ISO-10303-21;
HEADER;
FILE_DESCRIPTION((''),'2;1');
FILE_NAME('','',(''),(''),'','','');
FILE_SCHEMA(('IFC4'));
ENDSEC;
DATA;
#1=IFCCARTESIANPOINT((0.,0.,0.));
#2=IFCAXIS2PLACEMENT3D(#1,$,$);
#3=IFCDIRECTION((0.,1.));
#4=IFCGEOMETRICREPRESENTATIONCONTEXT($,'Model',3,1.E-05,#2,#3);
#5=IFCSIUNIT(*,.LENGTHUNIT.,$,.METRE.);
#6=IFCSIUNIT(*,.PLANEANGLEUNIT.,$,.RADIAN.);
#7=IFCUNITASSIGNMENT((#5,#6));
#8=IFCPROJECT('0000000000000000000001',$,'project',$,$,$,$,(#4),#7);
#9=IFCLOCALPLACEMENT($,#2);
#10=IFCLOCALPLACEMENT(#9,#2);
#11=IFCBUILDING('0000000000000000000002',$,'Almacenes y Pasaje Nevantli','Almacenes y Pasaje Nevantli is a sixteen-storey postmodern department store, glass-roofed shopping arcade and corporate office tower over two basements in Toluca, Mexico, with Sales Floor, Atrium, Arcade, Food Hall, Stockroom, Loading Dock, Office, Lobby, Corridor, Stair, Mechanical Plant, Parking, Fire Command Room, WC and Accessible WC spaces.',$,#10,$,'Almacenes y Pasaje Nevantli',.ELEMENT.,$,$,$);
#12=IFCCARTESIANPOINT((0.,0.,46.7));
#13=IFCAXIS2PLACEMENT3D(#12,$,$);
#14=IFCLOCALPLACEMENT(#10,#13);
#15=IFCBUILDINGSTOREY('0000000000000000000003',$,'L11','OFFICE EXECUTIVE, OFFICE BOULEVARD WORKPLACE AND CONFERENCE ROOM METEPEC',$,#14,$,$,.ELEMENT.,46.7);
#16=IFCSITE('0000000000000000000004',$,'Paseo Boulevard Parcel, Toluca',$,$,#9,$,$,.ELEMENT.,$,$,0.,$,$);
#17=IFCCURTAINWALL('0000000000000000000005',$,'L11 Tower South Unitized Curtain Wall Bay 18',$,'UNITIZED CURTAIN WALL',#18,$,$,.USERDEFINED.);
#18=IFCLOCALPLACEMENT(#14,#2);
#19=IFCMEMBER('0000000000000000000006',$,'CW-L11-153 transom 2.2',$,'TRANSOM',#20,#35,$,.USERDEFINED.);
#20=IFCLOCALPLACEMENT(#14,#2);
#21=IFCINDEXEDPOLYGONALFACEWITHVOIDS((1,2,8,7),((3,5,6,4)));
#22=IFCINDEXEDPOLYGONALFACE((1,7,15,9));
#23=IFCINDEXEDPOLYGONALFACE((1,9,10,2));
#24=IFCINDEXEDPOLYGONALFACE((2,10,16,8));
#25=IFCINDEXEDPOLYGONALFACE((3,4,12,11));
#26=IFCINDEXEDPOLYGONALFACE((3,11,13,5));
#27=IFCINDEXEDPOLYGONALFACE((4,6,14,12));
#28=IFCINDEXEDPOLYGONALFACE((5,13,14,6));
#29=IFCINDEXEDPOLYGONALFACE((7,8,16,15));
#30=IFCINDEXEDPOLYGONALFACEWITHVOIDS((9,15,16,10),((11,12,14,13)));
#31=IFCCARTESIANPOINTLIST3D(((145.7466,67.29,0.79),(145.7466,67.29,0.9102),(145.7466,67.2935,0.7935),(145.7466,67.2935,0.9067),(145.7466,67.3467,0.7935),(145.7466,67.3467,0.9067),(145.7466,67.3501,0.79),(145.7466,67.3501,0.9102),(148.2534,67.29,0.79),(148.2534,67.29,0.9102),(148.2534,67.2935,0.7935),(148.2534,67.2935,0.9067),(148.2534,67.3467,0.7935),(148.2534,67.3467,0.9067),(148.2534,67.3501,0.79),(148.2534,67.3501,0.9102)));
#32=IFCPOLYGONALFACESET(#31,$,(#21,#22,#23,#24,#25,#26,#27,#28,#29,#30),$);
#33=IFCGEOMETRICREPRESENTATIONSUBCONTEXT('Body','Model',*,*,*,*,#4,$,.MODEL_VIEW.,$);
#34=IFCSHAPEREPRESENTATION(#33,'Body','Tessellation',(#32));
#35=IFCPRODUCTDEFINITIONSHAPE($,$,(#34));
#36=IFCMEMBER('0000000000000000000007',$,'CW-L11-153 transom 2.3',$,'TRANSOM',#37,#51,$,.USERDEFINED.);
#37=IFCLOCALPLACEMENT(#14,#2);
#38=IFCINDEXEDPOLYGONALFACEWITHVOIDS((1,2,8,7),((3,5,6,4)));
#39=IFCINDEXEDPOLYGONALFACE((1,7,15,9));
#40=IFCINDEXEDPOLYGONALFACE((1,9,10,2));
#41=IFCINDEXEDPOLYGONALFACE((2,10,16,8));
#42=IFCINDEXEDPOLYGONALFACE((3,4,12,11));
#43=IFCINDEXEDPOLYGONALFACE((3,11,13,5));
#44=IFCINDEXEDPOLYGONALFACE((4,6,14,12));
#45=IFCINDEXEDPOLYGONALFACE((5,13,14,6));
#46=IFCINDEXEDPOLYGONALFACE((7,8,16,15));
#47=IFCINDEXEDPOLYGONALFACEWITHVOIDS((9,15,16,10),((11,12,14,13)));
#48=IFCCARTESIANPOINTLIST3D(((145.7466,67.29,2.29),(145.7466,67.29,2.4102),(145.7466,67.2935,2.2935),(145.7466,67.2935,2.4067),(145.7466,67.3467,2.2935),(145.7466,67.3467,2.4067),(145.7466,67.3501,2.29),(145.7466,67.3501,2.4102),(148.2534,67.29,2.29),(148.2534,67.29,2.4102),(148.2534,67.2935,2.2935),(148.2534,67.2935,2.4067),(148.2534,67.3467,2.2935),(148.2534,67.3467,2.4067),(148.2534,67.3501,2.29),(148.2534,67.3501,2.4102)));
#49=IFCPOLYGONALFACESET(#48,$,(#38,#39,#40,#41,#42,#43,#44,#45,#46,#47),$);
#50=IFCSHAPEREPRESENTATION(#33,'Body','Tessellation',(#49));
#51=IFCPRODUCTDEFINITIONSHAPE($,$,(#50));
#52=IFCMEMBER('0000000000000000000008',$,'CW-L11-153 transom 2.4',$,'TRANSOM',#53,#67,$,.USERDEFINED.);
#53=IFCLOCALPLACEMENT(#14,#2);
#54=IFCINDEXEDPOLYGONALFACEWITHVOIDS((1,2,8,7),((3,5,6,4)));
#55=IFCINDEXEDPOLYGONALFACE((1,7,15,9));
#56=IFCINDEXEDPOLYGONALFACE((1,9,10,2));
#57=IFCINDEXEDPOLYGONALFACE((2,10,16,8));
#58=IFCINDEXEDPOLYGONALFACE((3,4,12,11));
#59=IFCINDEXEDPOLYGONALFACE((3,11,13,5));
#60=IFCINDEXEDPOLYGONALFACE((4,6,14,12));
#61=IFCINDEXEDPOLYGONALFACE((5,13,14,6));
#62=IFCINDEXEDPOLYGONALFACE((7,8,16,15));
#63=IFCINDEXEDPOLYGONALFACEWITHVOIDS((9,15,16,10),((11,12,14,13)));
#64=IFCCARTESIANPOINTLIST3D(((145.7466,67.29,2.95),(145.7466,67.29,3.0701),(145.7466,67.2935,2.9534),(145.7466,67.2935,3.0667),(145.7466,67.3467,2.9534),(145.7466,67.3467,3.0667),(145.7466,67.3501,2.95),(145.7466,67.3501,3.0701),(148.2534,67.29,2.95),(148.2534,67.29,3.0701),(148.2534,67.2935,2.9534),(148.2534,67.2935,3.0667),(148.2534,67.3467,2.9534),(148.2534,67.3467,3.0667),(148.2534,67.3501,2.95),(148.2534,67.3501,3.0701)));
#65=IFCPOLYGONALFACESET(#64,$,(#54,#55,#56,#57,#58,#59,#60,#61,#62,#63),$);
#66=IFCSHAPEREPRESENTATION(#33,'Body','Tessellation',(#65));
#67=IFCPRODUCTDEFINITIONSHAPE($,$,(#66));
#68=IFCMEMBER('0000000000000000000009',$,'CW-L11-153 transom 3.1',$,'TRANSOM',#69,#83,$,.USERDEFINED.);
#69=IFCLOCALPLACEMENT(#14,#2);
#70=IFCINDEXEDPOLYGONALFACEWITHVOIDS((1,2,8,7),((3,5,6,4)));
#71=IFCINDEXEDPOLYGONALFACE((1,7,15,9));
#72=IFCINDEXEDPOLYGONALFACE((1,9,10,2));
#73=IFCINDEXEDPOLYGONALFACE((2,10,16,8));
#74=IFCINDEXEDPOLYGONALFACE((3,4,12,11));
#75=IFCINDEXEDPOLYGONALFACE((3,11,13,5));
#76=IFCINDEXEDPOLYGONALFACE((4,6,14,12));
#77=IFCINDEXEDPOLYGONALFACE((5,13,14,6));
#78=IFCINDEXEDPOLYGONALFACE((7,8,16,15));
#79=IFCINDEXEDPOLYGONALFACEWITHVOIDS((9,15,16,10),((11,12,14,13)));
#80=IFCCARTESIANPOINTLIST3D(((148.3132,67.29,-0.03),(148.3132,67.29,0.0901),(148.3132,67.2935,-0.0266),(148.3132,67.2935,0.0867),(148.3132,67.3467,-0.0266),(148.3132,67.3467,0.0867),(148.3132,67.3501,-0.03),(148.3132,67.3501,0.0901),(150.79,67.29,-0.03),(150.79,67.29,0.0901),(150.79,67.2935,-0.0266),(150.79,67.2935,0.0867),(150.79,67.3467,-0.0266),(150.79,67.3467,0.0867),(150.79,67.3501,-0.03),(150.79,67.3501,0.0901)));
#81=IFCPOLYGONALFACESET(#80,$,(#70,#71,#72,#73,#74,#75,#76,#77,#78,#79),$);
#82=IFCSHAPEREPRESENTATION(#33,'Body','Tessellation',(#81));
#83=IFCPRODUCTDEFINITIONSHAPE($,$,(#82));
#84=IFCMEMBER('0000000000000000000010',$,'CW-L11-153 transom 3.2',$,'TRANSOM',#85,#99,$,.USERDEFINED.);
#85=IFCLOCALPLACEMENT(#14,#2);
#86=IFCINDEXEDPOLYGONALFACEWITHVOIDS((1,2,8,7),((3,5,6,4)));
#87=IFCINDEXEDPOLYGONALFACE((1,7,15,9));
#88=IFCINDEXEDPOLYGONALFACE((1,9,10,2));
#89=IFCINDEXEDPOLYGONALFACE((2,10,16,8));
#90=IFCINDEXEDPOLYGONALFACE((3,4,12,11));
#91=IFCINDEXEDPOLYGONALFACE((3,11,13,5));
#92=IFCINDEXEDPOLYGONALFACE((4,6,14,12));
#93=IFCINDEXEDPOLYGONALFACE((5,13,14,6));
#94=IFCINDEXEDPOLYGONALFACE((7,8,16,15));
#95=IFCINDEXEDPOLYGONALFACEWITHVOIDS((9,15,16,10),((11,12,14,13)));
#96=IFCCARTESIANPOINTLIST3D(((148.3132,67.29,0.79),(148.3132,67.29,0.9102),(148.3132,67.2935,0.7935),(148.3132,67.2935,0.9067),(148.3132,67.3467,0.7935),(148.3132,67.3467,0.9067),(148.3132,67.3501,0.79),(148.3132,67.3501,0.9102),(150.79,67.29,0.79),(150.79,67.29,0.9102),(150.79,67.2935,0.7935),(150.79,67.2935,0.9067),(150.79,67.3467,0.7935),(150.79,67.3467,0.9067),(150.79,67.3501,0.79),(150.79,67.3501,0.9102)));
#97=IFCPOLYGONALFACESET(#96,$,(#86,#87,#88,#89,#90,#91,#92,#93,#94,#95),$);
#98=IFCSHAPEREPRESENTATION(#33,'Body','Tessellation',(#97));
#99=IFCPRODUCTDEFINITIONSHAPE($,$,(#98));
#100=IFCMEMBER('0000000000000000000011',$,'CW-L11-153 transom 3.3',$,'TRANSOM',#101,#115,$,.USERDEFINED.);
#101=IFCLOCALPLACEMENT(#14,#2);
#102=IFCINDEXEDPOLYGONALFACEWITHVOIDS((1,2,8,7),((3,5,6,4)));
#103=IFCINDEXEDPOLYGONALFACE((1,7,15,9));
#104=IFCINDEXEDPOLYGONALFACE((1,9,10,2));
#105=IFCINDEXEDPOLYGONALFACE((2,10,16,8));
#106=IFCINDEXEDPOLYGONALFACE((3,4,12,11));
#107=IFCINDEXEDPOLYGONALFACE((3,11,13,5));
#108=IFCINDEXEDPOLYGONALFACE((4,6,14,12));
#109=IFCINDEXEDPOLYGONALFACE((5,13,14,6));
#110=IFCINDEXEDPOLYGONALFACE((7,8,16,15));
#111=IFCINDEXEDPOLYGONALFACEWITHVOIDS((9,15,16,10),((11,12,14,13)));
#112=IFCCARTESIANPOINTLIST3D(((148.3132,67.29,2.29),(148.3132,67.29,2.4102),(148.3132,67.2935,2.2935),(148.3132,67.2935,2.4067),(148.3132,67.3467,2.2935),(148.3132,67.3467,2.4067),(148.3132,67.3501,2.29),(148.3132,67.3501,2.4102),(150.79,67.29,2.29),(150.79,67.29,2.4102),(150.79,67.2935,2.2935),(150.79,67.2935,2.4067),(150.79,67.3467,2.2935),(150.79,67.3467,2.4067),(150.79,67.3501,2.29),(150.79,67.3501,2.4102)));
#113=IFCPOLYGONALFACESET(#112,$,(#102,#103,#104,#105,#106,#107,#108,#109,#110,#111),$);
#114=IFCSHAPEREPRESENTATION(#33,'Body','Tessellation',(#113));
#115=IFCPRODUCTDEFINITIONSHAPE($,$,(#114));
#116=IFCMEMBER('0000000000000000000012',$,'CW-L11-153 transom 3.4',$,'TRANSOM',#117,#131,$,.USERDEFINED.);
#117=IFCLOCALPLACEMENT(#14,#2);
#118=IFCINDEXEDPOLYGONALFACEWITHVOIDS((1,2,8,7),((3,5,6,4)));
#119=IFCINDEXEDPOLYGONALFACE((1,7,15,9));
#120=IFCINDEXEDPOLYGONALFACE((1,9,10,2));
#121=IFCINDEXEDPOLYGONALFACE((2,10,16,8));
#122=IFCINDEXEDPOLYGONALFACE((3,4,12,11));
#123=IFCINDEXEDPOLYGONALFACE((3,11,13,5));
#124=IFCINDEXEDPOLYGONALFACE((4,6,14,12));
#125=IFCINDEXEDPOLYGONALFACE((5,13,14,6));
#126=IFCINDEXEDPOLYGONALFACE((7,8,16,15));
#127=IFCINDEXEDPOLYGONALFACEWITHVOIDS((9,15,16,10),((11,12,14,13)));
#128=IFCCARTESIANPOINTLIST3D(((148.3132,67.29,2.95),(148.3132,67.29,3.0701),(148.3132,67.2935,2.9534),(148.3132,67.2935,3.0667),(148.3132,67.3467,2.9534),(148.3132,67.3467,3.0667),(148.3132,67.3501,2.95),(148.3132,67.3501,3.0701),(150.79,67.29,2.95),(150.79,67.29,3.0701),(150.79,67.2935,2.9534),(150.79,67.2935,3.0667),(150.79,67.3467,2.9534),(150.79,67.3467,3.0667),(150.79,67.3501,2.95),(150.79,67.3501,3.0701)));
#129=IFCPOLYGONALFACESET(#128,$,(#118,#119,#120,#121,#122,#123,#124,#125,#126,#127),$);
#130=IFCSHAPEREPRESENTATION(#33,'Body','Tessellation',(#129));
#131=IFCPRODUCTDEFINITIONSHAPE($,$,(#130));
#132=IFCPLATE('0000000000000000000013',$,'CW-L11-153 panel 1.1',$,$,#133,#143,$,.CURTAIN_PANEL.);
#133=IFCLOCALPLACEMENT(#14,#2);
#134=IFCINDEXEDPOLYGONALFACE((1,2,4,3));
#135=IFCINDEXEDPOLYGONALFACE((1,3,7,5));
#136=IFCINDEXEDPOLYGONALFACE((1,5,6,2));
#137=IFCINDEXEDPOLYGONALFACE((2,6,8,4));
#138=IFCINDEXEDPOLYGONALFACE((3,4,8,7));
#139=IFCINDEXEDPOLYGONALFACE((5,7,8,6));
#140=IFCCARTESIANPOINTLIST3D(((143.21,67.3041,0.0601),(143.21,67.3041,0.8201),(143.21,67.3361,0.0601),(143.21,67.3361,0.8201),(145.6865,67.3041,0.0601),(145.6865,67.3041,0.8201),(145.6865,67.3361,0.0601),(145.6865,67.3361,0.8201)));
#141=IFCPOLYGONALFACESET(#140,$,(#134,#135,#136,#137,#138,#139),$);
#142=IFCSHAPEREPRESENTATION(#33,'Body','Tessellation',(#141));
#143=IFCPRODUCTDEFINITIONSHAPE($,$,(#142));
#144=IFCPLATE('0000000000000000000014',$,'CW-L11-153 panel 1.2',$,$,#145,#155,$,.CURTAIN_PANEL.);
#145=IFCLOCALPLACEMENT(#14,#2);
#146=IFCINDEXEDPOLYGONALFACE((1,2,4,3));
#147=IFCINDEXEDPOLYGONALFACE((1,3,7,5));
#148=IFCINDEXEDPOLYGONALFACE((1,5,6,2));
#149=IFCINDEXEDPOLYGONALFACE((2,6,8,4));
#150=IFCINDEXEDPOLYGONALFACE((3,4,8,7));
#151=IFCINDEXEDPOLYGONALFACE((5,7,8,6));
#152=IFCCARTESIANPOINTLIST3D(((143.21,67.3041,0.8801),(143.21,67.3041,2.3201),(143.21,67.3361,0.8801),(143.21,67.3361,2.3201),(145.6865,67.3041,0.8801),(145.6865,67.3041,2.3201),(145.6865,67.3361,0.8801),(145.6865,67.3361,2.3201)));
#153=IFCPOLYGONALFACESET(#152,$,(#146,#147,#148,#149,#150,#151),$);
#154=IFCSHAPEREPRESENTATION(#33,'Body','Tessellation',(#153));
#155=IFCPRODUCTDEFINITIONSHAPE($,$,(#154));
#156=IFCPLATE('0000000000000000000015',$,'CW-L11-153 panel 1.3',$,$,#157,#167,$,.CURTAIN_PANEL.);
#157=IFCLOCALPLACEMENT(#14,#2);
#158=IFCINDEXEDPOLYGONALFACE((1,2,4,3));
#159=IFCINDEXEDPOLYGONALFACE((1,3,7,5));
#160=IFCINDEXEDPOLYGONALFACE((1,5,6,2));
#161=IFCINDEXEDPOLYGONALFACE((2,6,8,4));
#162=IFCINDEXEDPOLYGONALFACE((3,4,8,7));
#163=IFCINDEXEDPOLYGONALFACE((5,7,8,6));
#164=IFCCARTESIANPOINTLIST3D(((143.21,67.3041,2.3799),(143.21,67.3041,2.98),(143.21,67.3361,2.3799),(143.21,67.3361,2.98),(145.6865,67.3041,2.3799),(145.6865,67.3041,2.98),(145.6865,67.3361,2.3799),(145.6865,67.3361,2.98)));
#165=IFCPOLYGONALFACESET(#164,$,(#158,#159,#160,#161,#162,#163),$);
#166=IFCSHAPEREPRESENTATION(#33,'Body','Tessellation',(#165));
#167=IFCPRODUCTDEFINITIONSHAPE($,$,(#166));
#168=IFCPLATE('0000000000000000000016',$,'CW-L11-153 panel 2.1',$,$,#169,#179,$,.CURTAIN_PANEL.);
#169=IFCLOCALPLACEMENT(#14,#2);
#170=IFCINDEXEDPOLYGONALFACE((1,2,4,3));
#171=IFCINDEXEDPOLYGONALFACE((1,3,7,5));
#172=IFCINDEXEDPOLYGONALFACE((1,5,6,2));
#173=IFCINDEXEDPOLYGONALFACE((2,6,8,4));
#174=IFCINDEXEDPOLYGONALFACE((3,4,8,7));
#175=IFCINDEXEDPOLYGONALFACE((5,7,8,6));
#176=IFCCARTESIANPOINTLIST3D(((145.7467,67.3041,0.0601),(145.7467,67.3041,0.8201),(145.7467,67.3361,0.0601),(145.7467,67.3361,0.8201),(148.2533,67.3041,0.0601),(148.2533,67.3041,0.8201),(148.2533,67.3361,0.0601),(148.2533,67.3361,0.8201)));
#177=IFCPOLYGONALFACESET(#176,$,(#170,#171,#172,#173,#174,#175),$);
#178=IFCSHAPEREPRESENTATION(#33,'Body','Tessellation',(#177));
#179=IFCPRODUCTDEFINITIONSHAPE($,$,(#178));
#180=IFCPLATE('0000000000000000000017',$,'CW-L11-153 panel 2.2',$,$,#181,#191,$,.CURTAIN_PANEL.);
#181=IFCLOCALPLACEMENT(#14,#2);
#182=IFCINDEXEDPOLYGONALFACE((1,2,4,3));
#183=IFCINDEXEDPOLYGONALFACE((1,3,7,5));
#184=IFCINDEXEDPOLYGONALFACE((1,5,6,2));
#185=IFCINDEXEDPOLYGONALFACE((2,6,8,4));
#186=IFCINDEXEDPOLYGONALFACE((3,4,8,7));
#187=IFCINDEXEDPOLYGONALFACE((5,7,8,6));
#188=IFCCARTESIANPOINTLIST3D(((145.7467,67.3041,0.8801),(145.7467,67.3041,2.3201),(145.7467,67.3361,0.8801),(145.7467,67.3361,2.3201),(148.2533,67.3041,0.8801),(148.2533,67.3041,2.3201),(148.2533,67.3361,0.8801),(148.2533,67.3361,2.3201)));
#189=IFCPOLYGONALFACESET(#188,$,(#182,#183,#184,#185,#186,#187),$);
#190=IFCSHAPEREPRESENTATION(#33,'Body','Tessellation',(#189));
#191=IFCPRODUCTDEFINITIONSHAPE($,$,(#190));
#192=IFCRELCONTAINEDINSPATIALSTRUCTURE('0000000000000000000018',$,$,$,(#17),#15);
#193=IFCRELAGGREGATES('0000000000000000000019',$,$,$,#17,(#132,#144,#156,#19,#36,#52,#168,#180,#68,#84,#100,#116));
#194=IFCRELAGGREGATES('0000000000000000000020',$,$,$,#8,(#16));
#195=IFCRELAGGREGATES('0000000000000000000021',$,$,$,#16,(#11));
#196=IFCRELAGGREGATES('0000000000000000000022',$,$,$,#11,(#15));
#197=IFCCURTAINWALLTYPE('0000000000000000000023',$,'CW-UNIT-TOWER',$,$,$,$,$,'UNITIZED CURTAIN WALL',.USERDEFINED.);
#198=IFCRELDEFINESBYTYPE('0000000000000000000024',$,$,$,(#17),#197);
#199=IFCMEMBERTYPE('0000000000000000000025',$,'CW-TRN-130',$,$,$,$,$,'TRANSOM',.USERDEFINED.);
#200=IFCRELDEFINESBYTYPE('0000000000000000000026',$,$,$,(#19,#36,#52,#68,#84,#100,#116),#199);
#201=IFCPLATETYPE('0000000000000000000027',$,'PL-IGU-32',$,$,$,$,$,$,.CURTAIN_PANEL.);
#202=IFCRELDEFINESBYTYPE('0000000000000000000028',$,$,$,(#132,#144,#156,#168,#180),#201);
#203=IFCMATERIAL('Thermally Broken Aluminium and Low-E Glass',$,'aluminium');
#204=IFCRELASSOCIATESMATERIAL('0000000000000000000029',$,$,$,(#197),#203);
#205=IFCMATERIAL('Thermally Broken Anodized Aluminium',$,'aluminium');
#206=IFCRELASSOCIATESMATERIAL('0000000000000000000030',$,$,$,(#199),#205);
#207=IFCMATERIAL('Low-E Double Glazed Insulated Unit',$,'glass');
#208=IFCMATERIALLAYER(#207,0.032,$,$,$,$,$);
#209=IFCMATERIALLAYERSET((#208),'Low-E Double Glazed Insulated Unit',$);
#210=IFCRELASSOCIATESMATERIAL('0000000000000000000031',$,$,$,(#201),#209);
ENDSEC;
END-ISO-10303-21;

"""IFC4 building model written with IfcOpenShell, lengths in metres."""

from ifc_helpers import new_model, si_unit, direction, frame, origin, origin_2d, place, context, subcontext, project, spatial, rectangle, hollow_rectangle, extrude, material, layer, layer_set, material_profile, profile_set, type_object, element, aggregate, save


model = new_model("IFC4")

# Units and contexts
model_context = context("Model", 3, precision=1e-05, world=origin(), true_north=direction((0.0, 1.0)))
body_context = subcontext(model_context, "Body", "Model", "MODEL_VIEW")
ifc_project = project(units=[si_unit("LENGTHUNIT", "METRE"), si_unit("PLANEANGLEUNIT", "RADIAN")], contexts=[model_context])

# Site, building, storey
site_placement = place(None, origin())
site = spatial("IfcSite", under=ifc_project, at=site_placement, Name="Paseo Boulevard Parcel, Toluca", CompositionType="ELEMENT", RefElevation=0.0)
building_placement = place(site_placement, origin())
building = spatial("IfcBuilding", under=site, at=building_placement, Name="Almacenes y Pasaje Nevantli", Description="Almacenes y Pasaje Nevantli is a sixteen-storey postmodern department store, glass-roofed shopping arcade and corporate office tower over two basements in Toluca, Mexico, with Sales Floor, Atrium, Arcade, Food Hall, Stockroom, Loading Dock, Office, Lobby, Corridor, Stair, Mechanical Plant, Parking, Fire Command Room, WC and Accessible WC spaces.", LongName="Almacenes y Pasaje Nevantli", CompositionType="ELEMENT")
storey_placement = place(building_placement, frame((0.0, 0.0, 46.7)))
storey = spatial("IfcBuildingStorey", under=building, at=storey_placement, Name="L11", Description="OFFICE EXECUTIVE, OFFICE BOULEVARD WORKPLACE AND CONFERENCE ROOM METEPEC", CompositionType="ELEMENT", Elevation=46.7)

# Curtain wall, members, plates
ifc_material_1 = material(Name="Thermally Broken Aluminium and Low-E Glass", Category="aluminium")
curtain_wall_type = type_object("IfcCurtainWallType", Name="CW-UNIT-TOWER", ElementType="UNITIZED CURTAIN WALL", PredefinedType="USERDEFINED", material=ifc_material_1)
curtain_wall_placement = place(storey_placement, origin())
curtain_wall = element("IfcCurtainWall", 1, at=curtain_wall_placement, inside=storey, type_object=curtain_wall_type, Name="L11 Tower South Unitized Curtain Wall Bay 18", ObjectType="UNITIZED CURTAIN WALL", PredefinedType="USERDEFINED")
ifc_material_2 = material(Name="Thermally Broken Anodized Aluminium", Category="aluminium")
ifc_material_profile_1 = material_profile(ifc_material_2, hollow_rectangle(XDim=0.0601, YDim=0.1201, WallThickness=0.0034, at=origin_2d()), Name="ALU-TRN-60x120")
ifc_profile_set_1 = profile_set([ifc_material_profile_1], Name="Thermally Broken Anodized Aluminium")
member_type_1 = type_object("IfcMemberType", Name="CW-TRN-130", ElementType="TRANSOM", PredefinedType="USERDEFINED", material=ifc_profile_set_1)
member_1_placement = place(storey_placement, frame((145.7466, 67.3201, 0.8501), z_axis=(1.0, 0.0, 0.0), x_axis=(0.0, 1.0, 0.0)))
member_1 = element("IfcMember", 2, at=member_1_placement, type_object=member_type_1, Name="CW-L11-153 transom 2.2", ObjectType="TRANSOM", PredefinedType="USERDEFINED", context=body_context, shape_type="SweptSolid", body=[
    extrude(hollow_rectangle(XDim=0.0601, YDim=0.1201, WallThickness=0.0034, at=origin_2d()), origin(), (0.0, 0.0, 1.0), 2.5068),
])
member_2_placement = place(storey_placement, frame((145.7466, 67.3201, 2.3501), z_axis=(1.0, 0.0, 0.0), x_axis=(0.0, 1.0, 0.0)))
member_2 = element("IfcMember", 3, at=member_2_placement, type_object=member_type_1, Name="CW-L11-153 transom 2.3", ObjectType="TRANSOM", PredefinedType="USERDEFINED", context=body_context, shape_type="SweptSolid", body=[
    extrude(hollow_rectangle(XDim=0.0601, YDim=0.1201, WallThickness=0.0034, at=origin_2d()), origin(), (0.0, 0.0, 1.0), 2.5068),
])
member_3_placement = place(storey_placement, frame((145.7466, 67.3201, 3.01), z_axis=(1.0, 0.0, 0.0), x_axis=(0.0, 1.0, 0.0)))
member_3 = element("IfcMember", 4, at=member_3_placement, type_object=member_type_1, Name="CW-L11-153 transom 2.4", ObjectType="TRANSOM", PredefinedType="USERDEFINED", context=body_context, shape_type="SweptSolid", body=[
    extrude(hollow_rectangle(XDim=0.0601, YDim=0.1201, WallThickness=0.0034, at=origin_2d()), origin(), (0.0, 0.0, 1.0), 2.5068),
])
member_4_placement = place(storey_placement, frame((148.3132, 67.3201, 0.03), z_axis=(1.0, 0.0, 0.0), x_axis=(0.0, 1.0, 0.0)))
member_4 = element("IfcMember", 5, at=member_4_placement, type_object=member_type_1, Name="CW-L11-153 transom 3.1", ObjectType="TRANSOM", PredefinedType="USERDEFINED", context=body_context, shape_type="SweptSolid", body=[
    extrude(hollow_rectangle(XDim=0.0601, YDim=0.1201, WallThickness=0.0034, at=origin_2d()), origin(), (0.0, 0.0, 1.0), 2.4768),
])
member_5_placement = place(storey_placement, frame((148.3132, 67.3201, 0.8501), z_axis=(1.0, 0.0, 0.0), x_axis=(0.0, 1.0, 0.0)))
member_5 = element("IfcMember", 6, at=member_5_placement, type_object=member_type_1, Name="CW-L11-153 transom 3.2", ObjectType="TRANSOM", PredefinedType="USERDEFINED", context=body_context, shape_type="SweptSolid", body=[
    extrude(hollow_rectangle(XDim=0.0601, YDim=0.1201, WallThickness=0.0034, at=origin_2d()), origin(), (0.0, 0.0, 1.0), 2.4768),
])
member_6_placement = place(storey_placement, frame((148.3132, 67.3201, 2.3501), z_axis=(1.0, 0.0, 0.0), x_axis=(0.0, 1.0, 0.0)))
member_6 = element("IfcMember", 7, at=member_6_placement, type_object=member_type_1, Name="CW-L11-153 transom 3.3", ObjectType="TRANSOM", PredefinedType="USERDEFINED", context=body_context, shape_type="SweptSolid", body=[
    extrude(hollow_rectangle(XDim=0.0601, YDim=0.1201, WallThickness=0.0034, at=origin_2d()), origin(), (0.0, 0.0, 1.0), 2.4768),
])
member_7_placement = place(storey_placement, frame((148.3132, 67.3201, 3.01), z_axis=(1.0, 0.0, 0.0), x_axis=(0.0, 1.0, 0.0)))
member_7 = element("IfcMember", 8, at=member_7_placement, type_object=member_type_1, Name="CW-L11-153 transom 3.4", ObjectType="TRANSOM", PredefinedType="USERDEFINED", context=body_context, shape_type="SweptSolid", body=[
    extrude(hollow_rectangle(XDim=0.0601, YDim=0.1201, WallThickness=0.0034, at=origin_2d()), origin(), (0.0, 0.0, 1.0), 2.4768),
])
ifc_material_3 = material(Name="Low-E Double Glazed Insulated Unit", Category="glass")
ifc_layer = layer(ifc_material_3, 0.032)
ifc_layer_set = layer_set([ifc_layer], Name="Low-E Double Glazed Insulated Unit")
plate_type = type_object("IfcPlateType", Name="PL-IGU-32", PredefinedType="CURTAIN_PANEL", material=ifc_layer_set)
plate_1_placement = place(storey_placement, frame((144.4482, 67.3201, 0.0601), z_axis=(0.0, 0.0, 1.0), x_axis=(1.0, 0.0, 0.0)))
plate_1 = element("IfcPlate", 9, at=plate_1_placement, type_object=plate_type, Name="CW-L11-153 panel 1.1", PredefinedType="CURTAIN_PANEL", context=body_context, shape_type="SweptSolid", body=[
    extrude(rectangle(XDim=2.4766, YDim=0.032, at=origin_2d()), origin(), (0.0, 0.0, 1.0), 0.76),
])
plate_2_placement = place(storey_placement, frame((144.4482, 67.3201, 0.8801), z_axis=(0.0, 0.0, 1.0), x_axis=(1.0, 0.0, 0.0)))
plate_2 = element("IfcPlate", 10, at=plate_2_placement, type_object=plate_type, Name="CW-L11-153 panel 1.2", PredefinedType="CURTAIN_PANEL", context=body_context, shape_type="SweptSolid", body=[
    extrude(rectangle(XDim=2.4766, YDim=0.032, at=origin_2d()), origin(), (0.0, 0.0, 1.0), 1.4399),
])
plate_3_placement = place(storey_placement, frame((144.4482, 67.3201, 2.3799), z_axis=(0.0, 0.0, 1.0), x_axis=(1.0, 0.0, 0.0)))
plate_3 = element("IfcPlate", 11, at=plate_3_placement, type_object=plate_type, Name="CW-L11-153 panel 1.3", PredefinedType="CURTAIN_PANEL", context=body_context, shape_type="SweptSolid", body=[
    extrude(rectangle(XDim=2.4766, YDim=0.032, at=origin_2d()), origin(), (0.0, 0.0, 1.0), 0.6001),
])
plate_4_placement = place(storey_placement, frame((147.0, 67.3201, 0.0601), z_axis=(0.0, 0.0, 1.0), x_axis=(1.0, 0.0, 0.0)))
plate_4 = element("IfcPlate", 12, at=plate_4_placement, type_object=plate_type, Name="CW-L11-153 panel 2.1", PredefinedType="CURTAIN_PANEL", context=body_context, shape_type="SweptSolid", body=[
    extrude(rectangle(XDim=2.5066, YDim=0.032, at=origin_2d()), origin(), (0.0, 0.0, 1.0), 0.76),
])
plate_5_placement = place(storey_placement, frame((147.0, 67.3201, 0.8801), z_axis=(0.0, 0.0, 1.0), x_axis=(1.0, 0.0, 0.0)))
plate_5 = element("IfcPlate", 13, at=plate_5_placement, type_object=plate_type, Name="CW-L11-153 panel 2.2", PredefinedType="CURTAIN_PANEL", context=body_context, shape_type="SweptSolid", body=[
    extrude(rectangle(XDim=2.5066, YDim=0.032, at=origin_2d()), origin(), (0.0, 0.0, 1.0), 1.4399),
])
aggregate(curtain_wall, [plate_1, plate_2, plate_3, member_1, member_2, member_3, plate_4, plate_5, member_4, member_5, member_6, member_7])

save(model, "model.ifc")
